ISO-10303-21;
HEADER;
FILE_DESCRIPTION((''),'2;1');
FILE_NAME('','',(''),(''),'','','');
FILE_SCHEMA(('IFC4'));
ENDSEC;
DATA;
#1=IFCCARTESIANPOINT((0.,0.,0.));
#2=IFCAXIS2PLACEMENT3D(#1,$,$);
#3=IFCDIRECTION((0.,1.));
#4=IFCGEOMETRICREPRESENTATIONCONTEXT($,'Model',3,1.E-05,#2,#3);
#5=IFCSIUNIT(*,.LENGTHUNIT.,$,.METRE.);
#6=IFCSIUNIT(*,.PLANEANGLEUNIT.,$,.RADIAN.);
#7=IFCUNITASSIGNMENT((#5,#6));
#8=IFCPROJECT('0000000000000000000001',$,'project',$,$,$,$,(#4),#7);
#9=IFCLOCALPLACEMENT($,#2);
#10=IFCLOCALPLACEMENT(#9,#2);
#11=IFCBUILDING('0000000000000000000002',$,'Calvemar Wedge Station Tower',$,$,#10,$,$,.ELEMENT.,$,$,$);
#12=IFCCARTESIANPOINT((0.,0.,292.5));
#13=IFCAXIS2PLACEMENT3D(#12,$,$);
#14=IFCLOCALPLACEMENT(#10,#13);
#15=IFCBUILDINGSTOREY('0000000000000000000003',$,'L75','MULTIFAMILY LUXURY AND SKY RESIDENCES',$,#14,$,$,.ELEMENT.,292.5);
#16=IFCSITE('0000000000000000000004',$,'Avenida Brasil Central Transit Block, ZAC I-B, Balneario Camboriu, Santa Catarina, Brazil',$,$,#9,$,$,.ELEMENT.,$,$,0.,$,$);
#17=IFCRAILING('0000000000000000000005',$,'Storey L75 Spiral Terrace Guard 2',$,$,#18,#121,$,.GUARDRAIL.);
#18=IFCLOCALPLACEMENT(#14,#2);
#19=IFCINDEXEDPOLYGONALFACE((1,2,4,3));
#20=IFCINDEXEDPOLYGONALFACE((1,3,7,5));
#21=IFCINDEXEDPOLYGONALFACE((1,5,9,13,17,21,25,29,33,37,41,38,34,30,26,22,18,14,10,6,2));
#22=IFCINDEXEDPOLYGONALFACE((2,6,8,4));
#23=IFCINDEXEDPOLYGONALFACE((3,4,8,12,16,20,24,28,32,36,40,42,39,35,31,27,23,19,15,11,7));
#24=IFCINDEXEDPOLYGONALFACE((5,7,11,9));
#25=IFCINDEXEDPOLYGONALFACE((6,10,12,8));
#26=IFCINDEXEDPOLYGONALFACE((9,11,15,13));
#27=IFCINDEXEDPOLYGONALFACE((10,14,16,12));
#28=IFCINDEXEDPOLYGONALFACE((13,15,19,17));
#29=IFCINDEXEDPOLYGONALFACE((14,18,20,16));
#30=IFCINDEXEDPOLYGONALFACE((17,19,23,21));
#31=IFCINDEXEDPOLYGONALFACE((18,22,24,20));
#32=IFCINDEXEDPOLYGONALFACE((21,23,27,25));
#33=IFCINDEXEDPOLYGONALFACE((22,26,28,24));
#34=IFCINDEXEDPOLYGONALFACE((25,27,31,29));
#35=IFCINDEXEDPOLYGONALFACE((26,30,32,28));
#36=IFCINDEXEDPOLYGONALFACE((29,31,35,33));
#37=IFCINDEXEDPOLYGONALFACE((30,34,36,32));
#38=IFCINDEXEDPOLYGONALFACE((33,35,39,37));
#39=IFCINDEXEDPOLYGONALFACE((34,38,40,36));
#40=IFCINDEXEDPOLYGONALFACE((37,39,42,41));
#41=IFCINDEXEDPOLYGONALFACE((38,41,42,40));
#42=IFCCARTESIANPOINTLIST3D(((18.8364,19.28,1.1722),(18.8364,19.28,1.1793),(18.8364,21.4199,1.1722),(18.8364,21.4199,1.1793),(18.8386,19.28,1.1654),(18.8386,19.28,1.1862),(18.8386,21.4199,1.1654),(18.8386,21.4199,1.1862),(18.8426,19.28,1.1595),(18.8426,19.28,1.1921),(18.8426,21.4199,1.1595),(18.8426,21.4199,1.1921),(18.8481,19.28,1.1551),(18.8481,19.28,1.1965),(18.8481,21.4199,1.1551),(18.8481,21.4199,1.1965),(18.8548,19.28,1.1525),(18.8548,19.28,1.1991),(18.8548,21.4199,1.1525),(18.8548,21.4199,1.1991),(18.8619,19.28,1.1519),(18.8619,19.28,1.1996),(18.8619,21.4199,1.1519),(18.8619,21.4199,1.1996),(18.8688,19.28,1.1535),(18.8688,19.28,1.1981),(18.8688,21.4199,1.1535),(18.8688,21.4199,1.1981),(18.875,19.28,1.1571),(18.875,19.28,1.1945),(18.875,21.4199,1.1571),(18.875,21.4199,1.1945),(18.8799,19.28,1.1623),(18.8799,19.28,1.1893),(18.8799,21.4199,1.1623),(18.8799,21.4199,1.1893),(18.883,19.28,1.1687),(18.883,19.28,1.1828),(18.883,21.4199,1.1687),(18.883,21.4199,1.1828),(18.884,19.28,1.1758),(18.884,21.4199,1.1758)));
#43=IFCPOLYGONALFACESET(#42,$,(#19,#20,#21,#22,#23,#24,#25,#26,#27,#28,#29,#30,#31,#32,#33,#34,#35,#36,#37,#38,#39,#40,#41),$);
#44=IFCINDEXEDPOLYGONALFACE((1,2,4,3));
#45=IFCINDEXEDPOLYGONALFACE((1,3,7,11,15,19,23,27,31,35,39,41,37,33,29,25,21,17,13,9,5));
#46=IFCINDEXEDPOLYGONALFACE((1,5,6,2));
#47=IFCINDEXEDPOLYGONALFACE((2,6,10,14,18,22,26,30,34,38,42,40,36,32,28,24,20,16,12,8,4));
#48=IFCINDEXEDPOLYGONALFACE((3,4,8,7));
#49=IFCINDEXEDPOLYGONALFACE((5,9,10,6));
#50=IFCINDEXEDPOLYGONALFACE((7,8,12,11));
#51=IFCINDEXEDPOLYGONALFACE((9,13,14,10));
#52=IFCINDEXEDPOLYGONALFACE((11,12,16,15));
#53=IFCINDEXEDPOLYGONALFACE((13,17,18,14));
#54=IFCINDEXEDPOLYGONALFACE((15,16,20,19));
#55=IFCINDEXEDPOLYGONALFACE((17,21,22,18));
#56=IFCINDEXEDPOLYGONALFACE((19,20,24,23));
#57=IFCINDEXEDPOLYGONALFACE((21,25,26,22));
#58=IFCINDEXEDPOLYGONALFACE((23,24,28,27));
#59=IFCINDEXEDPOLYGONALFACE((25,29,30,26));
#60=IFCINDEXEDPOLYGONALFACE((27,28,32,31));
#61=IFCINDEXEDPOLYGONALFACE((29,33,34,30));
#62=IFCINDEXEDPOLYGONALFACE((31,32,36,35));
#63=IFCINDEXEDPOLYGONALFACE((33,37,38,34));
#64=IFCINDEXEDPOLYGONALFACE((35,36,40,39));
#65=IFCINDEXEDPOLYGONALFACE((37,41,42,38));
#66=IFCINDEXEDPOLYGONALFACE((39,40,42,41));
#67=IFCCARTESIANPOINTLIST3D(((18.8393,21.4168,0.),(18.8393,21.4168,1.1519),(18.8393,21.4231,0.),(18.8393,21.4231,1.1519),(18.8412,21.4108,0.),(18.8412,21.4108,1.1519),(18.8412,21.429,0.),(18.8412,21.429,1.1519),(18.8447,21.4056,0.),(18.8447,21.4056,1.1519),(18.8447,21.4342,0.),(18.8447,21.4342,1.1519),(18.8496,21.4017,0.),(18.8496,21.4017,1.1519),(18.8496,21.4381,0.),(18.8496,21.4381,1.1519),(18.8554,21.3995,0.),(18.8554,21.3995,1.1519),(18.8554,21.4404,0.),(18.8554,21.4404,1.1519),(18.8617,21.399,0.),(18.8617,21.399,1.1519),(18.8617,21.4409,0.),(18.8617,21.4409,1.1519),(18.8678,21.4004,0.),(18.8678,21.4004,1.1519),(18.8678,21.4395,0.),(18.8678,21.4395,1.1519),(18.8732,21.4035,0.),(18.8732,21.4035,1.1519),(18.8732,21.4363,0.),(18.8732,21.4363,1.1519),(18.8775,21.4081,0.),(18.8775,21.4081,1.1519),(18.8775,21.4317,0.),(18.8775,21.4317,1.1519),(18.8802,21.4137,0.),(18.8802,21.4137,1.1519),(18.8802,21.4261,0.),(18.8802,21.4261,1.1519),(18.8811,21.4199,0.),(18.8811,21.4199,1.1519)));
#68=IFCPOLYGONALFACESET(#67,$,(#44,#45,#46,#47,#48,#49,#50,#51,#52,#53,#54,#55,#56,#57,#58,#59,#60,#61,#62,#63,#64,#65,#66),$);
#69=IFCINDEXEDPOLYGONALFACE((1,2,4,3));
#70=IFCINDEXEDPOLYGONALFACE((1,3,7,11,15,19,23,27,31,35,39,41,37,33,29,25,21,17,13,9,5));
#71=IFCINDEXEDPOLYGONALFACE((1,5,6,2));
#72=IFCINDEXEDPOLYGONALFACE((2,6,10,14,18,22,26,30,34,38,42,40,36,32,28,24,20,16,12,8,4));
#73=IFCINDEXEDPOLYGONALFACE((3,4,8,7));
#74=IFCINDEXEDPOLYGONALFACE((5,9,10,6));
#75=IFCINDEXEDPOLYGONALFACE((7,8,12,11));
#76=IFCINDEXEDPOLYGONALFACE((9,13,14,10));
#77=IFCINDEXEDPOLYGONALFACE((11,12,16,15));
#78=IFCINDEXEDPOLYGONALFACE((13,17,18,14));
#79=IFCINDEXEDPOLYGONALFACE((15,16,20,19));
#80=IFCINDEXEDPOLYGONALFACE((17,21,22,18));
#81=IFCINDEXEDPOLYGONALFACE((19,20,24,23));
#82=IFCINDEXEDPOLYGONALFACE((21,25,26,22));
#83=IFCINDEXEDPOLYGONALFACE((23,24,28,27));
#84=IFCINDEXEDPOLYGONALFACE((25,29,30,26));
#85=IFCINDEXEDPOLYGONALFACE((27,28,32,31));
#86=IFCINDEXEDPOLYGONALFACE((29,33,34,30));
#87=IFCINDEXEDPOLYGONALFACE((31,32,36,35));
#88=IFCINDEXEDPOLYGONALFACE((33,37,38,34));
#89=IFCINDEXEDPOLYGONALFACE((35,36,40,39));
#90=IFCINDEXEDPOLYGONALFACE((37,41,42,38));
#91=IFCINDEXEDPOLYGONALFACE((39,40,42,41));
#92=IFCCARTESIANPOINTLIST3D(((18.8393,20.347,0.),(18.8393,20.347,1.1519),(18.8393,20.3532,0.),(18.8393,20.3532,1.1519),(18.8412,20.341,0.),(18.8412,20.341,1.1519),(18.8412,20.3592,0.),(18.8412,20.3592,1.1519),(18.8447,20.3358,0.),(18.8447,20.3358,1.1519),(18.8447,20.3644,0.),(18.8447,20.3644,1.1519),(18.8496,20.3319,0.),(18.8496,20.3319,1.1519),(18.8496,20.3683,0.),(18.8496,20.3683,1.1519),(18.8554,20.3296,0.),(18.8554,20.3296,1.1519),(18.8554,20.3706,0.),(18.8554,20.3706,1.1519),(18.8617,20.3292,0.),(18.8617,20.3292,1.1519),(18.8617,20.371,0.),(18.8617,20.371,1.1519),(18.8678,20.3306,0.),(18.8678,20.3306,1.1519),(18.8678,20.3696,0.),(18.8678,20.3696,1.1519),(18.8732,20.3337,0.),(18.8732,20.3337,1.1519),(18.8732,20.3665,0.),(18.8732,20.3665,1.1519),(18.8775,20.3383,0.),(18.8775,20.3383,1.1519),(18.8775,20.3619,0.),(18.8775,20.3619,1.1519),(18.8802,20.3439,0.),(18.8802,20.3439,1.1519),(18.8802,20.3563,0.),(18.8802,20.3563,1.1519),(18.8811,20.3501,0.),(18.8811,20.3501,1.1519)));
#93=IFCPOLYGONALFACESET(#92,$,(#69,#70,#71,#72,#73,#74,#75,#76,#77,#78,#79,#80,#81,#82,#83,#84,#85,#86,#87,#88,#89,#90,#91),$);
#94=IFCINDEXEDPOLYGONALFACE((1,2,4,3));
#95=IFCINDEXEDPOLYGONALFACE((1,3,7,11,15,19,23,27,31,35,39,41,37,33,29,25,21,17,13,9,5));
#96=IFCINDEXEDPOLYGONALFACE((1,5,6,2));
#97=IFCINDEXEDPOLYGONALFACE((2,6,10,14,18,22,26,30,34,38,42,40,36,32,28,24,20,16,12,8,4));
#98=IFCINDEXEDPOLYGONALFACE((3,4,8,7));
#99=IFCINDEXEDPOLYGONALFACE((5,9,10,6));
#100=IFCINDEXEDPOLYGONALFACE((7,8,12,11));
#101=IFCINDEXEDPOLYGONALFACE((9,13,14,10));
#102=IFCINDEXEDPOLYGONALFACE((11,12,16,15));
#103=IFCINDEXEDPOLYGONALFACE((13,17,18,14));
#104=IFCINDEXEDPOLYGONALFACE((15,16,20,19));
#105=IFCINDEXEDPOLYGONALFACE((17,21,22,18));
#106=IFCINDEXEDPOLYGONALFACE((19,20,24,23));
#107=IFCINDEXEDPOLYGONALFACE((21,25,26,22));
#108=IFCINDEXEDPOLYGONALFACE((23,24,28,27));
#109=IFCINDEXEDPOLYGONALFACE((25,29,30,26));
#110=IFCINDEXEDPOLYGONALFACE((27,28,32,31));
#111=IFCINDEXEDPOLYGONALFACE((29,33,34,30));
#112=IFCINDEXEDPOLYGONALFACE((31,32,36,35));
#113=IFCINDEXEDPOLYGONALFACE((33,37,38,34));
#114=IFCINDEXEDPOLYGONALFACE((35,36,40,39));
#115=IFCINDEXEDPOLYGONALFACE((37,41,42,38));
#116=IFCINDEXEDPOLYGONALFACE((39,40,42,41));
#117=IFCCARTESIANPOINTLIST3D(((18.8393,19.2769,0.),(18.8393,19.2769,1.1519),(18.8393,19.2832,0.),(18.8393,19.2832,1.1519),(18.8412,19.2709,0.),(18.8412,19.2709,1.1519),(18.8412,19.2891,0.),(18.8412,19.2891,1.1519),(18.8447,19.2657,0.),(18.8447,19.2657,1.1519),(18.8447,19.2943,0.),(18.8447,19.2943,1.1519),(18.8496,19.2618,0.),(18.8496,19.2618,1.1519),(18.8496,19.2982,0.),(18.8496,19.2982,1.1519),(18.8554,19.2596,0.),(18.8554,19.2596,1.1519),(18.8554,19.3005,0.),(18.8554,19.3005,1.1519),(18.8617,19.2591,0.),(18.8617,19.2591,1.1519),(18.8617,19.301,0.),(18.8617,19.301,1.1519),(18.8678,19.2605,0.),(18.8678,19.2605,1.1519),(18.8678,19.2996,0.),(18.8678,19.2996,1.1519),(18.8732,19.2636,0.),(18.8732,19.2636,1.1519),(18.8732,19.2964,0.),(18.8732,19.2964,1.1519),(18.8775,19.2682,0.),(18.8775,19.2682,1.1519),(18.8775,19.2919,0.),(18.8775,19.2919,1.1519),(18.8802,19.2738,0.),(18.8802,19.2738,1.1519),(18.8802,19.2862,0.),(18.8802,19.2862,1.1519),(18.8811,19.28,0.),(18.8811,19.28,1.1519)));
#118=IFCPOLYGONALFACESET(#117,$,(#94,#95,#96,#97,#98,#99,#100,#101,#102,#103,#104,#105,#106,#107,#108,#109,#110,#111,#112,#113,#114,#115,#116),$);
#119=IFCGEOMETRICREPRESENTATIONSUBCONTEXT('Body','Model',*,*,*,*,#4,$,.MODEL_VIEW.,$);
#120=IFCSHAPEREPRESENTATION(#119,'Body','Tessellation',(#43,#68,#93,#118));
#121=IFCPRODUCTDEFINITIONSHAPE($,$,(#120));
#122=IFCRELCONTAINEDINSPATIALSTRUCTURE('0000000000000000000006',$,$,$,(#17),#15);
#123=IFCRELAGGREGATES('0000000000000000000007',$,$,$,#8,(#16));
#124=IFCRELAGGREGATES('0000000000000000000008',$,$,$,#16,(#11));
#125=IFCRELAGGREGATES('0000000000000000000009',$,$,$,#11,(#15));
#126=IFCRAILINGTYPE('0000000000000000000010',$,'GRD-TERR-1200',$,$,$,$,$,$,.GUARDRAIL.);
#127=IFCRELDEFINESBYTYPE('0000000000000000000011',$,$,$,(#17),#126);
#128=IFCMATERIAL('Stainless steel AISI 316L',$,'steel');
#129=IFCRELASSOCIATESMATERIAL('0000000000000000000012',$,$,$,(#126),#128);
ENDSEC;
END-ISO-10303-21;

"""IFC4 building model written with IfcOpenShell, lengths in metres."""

from ifc_helpers import new_model, si_unit, direction, frame, origin, origin_2d, place, context, subcontext, project, spatial, circle, extrude, material, type_object, element, save


model = new_model("IFC4")

# Units and contexts
model_context = context("Model", 3, precision=1e-05, world=origin(), true_north=direction((0.0, 1.0)))
body_context = subcontext(model_context, "Body", "Model", "MODEL_VIEW")
ifc_project = project(units=[si_unit("LENGTHUNIT", "METRE"), si_unit("PLANEANGLEUNIT", "RADIAN")], contexts=[model_context])

# Site, building, storey
site_placement = place(None, origin())
site = spatial("IfcSite", under=ifc_project, at=site_placement, Name="Avenida Brasil Central Transit Block, ZAC I-B, Balneario Camboriu, Santa Catarina, Brazil", CompositionType="ELEMENT", RefElevation=0.0)
building_placement = place(site_placement, origin())
building = spatial("IfcBuilding", under=site, at=building_placement, Name="Calvemar Wedge Station Tower", CompositionType="ELEMENT")
storey_placement = place(building_placement, frame((0.0, 0.0, 292.5)))
storey = spatial("IfcBuildingStorey", under=building, at=storey_placement, Name="L75", Description="MULTIFAMILY LUXURY AND SKY RESIDENCES", CompositionType="ELEMENT", Elevation=292.5)

# Railing
ifc_material_1 = material(Name="Stainless steel AISI 316L", Category="steel")
railing_type = type_object("IfcRailingType", Name="GRD-TERR-1200", PredefinedType="GUARDRAIL", material=ifc_material_1)
railing_1_placement = place(storey_placement, frame((18.8601, 21.4199, 0.0)))
element("IfcRailing", 1, at=railing_1_placement, inside=storey, type_object=railing_type, Name="Storey L75 Spiral Terrace Guard 2", PredefinedType="GUARDRAIL", context=body_context, shape_type="SweptSolid", body=[
    extrude(circle(Radius=0.0239, at=origin_2d()), frame((0.0, 0.0, 1.1758), z_axis=(0.0, -1.0, 0.0), x_axis=(1.0, 0.0, 0.0)), (0.0, 0.0, 1.0), 2.1399),
    extrude(circle(Radius=0.021, at=origin_2d()), origin(), (0.0, 0.0, 1.0), 1.1519),
    extrude(circle(Radius=0.021, at=origin_2d()), frame((0.0, -1.0698, 0.0)), (0.0, 0.0, 1.0), 1.1519),
    extrude(circle(Radius=0.021, at=origin_2d()), frame((0.0, -2.1399, 0.0)), (0.0, 0.0, 1.0), 1.1519),
])

save(model, "model.ifc")
